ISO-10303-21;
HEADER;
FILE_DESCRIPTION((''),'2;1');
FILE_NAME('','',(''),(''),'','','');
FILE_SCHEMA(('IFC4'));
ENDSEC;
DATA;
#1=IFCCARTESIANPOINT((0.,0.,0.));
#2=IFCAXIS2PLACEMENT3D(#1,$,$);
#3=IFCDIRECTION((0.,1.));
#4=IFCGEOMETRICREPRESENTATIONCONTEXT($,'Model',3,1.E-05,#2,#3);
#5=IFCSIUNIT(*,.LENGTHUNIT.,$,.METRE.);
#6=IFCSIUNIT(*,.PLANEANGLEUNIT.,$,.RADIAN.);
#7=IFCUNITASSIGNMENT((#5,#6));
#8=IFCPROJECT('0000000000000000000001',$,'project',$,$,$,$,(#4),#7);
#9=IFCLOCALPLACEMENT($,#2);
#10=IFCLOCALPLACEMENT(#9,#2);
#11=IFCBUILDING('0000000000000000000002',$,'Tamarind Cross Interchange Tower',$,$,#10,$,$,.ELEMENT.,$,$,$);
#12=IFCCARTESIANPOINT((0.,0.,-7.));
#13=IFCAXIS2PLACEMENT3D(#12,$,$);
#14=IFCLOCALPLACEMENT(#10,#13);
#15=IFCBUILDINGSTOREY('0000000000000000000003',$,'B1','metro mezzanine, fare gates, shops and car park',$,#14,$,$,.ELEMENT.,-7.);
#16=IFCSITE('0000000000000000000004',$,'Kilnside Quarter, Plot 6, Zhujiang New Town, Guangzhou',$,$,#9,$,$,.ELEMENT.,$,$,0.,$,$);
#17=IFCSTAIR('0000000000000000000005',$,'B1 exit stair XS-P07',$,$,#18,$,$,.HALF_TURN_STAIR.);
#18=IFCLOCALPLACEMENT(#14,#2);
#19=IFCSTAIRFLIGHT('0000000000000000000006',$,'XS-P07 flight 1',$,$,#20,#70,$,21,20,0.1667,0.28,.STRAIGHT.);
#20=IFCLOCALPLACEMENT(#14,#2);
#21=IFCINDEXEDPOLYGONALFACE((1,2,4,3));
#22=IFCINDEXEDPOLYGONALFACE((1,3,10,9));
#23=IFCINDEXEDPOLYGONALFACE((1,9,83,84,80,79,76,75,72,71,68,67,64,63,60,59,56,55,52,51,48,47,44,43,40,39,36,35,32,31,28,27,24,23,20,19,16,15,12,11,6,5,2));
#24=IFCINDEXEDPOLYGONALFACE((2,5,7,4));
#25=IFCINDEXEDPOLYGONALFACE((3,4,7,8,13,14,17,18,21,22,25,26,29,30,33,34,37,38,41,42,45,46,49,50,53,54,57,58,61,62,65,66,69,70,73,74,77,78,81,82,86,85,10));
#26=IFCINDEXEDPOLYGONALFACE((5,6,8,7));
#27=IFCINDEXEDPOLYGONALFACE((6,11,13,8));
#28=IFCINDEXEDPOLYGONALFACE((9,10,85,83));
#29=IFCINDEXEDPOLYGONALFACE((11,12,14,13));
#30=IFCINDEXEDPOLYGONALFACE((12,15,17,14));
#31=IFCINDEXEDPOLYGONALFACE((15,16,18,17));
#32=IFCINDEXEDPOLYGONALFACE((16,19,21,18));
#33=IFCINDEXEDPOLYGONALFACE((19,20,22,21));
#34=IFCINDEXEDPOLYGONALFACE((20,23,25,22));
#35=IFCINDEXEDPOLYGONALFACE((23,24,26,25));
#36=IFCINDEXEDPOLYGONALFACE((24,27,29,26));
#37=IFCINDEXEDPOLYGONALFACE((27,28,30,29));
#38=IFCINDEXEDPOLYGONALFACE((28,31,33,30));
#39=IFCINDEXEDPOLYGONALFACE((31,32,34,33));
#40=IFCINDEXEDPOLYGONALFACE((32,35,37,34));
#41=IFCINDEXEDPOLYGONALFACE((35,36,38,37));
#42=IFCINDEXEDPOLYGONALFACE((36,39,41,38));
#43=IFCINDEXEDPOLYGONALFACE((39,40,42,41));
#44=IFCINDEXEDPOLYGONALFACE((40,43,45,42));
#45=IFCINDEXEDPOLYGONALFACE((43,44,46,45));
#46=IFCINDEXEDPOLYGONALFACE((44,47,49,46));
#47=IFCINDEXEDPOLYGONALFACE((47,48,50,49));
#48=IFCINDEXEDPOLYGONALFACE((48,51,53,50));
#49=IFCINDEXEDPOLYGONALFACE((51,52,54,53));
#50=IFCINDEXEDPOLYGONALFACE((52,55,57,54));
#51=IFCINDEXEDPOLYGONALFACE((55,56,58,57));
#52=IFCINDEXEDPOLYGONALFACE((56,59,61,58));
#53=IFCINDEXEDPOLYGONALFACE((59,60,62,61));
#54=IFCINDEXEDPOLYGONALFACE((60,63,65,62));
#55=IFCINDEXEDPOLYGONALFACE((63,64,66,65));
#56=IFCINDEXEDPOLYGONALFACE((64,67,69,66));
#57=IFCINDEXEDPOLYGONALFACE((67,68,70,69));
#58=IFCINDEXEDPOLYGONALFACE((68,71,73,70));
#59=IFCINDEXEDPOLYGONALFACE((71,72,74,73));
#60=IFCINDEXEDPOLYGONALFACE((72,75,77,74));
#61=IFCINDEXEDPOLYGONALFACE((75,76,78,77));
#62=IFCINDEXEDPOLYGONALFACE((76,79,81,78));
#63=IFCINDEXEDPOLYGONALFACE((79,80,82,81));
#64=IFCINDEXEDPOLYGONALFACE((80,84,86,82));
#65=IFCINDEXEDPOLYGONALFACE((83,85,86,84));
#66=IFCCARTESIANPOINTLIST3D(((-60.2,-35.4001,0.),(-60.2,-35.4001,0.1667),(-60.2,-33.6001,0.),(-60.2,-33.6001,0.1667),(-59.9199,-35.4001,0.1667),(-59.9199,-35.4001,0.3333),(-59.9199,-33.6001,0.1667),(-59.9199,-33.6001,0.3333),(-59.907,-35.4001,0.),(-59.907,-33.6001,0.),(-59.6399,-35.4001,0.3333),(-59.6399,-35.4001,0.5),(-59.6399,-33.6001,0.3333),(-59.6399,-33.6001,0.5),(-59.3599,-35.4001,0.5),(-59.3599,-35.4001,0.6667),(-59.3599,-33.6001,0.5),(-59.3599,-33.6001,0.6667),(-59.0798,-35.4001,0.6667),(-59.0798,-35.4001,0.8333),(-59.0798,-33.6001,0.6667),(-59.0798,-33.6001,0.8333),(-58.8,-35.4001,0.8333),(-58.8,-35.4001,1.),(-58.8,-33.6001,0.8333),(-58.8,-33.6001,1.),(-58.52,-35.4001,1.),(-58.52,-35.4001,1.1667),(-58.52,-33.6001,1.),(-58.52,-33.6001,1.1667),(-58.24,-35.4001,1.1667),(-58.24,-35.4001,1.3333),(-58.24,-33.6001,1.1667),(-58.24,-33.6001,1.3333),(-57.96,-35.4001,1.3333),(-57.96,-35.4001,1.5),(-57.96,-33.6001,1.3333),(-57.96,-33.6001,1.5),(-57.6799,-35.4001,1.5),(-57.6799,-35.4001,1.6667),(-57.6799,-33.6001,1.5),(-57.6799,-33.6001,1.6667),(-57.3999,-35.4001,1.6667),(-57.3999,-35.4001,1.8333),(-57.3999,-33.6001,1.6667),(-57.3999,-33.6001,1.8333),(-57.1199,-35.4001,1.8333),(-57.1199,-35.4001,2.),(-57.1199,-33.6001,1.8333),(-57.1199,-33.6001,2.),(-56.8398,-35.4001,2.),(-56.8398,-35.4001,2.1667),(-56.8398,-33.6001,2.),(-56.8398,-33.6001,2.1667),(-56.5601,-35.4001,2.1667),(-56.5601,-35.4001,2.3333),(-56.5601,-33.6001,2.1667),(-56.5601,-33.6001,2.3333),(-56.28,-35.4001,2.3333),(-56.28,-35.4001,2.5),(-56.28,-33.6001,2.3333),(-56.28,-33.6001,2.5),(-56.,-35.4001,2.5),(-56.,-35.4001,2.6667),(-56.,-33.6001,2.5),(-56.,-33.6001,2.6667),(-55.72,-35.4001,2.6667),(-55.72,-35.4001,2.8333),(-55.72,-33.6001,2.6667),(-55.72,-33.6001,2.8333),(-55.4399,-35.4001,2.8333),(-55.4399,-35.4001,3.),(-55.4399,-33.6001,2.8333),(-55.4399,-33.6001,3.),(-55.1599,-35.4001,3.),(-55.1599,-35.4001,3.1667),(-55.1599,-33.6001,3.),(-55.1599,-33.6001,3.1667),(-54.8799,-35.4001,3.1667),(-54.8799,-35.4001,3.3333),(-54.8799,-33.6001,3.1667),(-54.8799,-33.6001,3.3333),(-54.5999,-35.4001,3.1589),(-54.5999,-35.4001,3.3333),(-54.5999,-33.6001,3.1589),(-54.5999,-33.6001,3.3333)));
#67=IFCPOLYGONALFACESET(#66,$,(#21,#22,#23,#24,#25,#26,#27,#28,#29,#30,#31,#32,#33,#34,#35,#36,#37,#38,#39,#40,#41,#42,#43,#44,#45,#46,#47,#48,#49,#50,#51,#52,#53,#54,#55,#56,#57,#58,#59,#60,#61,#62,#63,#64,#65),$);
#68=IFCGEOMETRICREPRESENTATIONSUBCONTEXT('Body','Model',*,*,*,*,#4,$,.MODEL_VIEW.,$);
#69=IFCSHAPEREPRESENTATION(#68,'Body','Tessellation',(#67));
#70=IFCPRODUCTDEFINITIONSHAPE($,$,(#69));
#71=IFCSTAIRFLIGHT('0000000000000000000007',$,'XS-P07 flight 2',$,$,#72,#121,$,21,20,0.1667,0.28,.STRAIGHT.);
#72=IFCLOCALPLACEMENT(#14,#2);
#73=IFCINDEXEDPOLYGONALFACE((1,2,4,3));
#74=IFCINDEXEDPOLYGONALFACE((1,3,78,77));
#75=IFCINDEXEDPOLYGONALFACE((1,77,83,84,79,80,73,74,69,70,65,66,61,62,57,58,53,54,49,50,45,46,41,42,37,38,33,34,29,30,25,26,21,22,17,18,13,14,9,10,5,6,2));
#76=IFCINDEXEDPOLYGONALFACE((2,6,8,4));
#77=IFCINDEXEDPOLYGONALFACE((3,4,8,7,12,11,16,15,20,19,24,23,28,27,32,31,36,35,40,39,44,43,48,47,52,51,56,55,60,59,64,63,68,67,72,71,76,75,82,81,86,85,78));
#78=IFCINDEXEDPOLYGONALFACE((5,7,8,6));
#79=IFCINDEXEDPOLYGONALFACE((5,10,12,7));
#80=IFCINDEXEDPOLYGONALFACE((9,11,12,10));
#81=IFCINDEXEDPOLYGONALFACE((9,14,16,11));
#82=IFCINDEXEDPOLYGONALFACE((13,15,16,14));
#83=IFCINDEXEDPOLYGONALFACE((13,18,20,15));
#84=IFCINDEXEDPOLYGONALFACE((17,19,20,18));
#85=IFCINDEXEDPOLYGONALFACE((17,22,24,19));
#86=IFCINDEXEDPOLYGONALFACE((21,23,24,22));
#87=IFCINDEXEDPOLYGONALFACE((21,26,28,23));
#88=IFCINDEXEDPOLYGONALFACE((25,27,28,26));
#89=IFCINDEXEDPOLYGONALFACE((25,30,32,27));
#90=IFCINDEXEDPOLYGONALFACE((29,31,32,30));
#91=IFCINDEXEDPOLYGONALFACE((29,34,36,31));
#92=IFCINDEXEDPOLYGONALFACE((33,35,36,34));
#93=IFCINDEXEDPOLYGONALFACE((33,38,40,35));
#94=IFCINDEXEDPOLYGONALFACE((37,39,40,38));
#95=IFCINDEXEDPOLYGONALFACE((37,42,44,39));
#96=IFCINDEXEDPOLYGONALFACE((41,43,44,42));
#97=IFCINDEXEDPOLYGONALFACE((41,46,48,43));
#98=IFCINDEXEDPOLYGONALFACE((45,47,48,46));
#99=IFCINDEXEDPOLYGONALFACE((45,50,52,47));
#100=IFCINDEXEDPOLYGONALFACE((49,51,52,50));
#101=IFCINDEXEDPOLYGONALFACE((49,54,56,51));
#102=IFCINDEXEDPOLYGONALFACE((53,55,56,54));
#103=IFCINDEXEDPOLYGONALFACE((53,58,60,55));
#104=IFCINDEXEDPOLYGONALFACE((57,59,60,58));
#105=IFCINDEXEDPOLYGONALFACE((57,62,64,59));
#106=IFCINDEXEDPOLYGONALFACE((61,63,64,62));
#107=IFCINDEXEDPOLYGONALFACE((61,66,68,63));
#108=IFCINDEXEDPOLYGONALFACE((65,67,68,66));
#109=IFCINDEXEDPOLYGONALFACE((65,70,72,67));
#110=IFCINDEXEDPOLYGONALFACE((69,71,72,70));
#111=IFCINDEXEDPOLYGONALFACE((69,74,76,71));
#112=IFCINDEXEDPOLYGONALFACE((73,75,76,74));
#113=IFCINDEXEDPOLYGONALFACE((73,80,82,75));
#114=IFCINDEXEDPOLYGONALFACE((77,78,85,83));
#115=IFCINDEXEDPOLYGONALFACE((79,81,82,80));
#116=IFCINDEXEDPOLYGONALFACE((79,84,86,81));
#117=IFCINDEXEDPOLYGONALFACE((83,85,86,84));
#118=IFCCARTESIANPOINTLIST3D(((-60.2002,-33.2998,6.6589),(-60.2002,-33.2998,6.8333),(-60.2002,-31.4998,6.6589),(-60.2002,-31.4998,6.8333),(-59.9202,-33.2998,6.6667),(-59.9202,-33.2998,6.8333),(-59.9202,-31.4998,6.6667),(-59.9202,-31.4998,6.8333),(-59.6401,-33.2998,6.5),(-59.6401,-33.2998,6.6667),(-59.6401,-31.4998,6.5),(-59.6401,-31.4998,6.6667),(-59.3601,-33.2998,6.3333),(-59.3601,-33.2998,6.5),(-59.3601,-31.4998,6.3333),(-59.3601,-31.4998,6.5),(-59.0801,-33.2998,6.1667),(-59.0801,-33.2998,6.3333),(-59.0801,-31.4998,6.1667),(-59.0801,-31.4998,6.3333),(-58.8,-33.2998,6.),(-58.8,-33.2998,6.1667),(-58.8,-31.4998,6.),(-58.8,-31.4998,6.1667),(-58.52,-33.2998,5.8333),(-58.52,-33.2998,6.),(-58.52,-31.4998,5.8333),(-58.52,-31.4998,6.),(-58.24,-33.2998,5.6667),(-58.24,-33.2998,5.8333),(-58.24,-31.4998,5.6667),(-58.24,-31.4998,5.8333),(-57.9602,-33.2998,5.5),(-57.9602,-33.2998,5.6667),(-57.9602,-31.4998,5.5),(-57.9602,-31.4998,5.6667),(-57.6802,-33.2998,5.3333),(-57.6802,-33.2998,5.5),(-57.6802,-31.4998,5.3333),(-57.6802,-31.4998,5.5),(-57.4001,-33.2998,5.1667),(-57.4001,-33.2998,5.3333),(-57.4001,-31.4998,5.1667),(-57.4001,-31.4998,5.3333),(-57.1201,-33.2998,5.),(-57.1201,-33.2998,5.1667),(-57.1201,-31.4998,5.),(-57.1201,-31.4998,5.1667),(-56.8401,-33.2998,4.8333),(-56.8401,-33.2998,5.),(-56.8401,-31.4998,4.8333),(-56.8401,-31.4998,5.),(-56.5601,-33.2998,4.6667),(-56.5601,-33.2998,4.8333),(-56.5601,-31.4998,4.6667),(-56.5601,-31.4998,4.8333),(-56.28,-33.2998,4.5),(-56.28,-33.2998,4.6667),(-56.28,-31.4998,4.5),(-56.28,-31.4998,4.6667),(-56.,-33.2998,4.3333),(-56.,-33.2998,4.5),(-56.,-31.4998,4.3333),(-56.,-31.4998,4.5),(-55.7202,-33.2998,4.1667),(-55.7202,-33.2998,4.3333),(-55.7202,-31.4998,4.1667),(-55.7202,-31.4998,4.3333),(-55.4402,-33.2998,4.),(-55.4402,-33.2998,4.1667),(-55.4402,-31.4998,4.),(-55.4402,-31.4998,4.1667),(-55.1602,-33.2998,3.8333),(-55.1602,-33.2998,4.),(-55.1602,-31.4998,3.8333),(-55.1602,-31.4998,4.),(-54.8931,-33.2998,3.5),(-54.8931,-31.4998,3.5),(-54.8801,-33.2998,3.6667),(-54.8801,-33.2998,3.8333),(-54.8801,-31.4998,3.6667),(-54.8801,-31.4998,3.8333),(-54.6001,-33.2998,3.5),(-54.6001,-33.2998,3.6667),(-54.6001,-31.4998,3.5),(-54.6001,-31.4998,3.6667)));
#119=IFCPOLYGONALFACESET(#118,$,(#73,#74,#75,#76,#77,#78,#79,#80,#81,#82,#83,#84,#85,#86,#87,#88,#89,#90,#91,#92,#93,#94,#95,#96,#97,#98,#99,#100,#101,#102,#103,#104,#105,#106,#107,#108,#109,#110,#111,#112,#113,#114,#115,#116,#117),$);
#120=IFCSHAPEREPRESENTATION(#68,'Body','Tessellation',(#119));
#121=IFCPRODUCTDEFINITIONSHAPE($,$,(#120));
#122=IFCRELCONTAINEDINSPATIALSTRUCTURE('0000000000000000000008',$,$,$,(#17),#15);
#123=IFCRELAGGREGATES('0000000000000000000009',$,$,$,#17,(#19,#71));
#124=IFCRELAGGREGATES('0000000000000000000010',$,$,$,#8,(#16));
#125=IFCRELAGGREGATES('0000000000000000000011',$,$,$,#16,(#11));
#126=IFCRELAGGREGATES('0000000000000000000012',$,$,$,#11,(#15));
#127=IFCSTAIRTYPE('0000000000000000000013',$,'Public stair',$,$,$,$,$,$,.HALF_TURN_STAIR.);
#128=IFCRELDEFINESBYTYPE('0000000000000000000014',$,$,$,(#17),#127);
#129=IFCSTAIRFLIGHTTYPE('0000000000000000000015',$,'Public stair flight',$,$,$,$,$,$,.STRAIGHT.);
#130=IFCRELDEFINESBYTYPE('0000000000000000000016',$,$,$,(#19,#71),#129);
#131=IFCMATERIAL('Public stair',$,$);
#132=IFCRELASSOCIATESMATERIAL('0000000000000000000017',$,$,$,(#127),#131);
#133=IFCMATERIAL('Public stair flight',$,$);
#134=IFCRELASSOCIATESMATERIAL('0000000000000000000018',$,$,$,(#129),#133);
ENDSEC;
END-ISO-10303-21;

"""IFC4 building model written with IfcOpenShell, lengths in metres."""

from ifc_helpers import new_model, si_unit, direction, frame, origin, place, context, subcontext, project, spatial, polyline, outline, extrude, material, type_object, element, aggregate, save


model = new_model("IFC4")

# Units and contexts
model_context = context("Model", 3, precision=1e-05, world=origin(), true_north=direction((0.0, 1.0)))
body_context = subcontext(model_context, "Body", "Model", "MODEL_VIEW")
ifc_project = project(units=[si_unit("LENGTHUNIT", "METRE"), si_unit("PLANEANGLEUNIT", "RADIAN")], contexts=[model_context])

# Site, building, storey
site_placement = place(None, origin())
site = spatial("IfcSite", under=ifc_project, at=site_placement, Name="Kilnside Quarter, Plot 6, Zhujiang New Town, Guangzhou", CompositionType="ELEMENT", RefElevation=0.0)
building_placement = place(site_placement, origin())
building = spatial("IfcBuilding", under=site, at=building_placement, Name="Tamarind Cross Interchange Tower", CompositionType="ELEMENT")
storey_placement = place(building_placement, frame((0.0, 0.0, -7.0)))
storey = spatial("IfcBuildingStorey", under=building, at=storey_placement, Name="B1", Description="metro mezzanine, fare gates, shops and car park", CompositionType="ELEMENT", Elevation=-7.0)

# Stair, stair flights
ifc_material_1 = material(Name="Public stair")
stair_type = type_object("IfcStairType", Name="Public stair", PredefinedType="HALF_TURN_STAIR", material=ifc_material_1)
stair_placement = place(storey_placement, origin())
stair = element("IfcStair", 1, at=stair_placement, inside=storey, type_object=stair_type, Name="B1 exit stair XS-P07", PredefinedType="HALF_TURN_STAIR")
ifc_material_2 = material(Name="Public stair flight")
stair_flight_type = type_object("IfcStairFlightType", Name="Public stair flight", PredefinedType="STRAIGHT", material=ifc_material_2)
stair_flight_1_placement = place(storey_placement, frame((-60.2, -34.5, 0.0), z_axis=(0.0, 0.0, 1.0), x_axis=(1.0, 0.0, 0.0)))
stair_flight_1 = element("IfcStairFlight", 2, at=stair_flight_1_placement, type_object=stair_flight_type, Name="XS-P07 flight 1", NumberOfRisers=21, NumberOfTreads=20, PredefinedType="STRAIGHT", RiserHeight=0.1667, TreadLength=0.28, context=body_context, shape_type="SweptSolid", body=[
    extrude(outline(polyline([(0.0, 0.0), (0.0, 0.1667), (0.28, 0.1667), (0.28, 0.3333), (0.5601, 0.3333), (0.5601, 0.5), (0.8401, 0.5), (0.8401, 0.6667), (1.1201, 0.6667), (1.1201, 0.8333), (1.3999, 0.8333), (1.3999, 1.0), (1.6799, 1.0), (1.6799, 1.1667), (1.96, 1.1667), (1.96, 1.3333), (2.24, 1.3333), (2.24, 1.5), (2.52, 1.5), (2.52, 1.6667), (2.8, 1.6667), (2.8, 1.8333), (3.0801, 1.8333), (3.0801, 2.0), (3.3601, 2.0), (3.3601, 2.1667), (3.6399, 2.1667), (3.6399, 2.3333), (3.9199, 2.3333), (3.9199, 2.5), (4.2, 2.5), (4.2, 2.6667), (4.48, 2.6667), (4.48, 2.8333), (4.76, 2.8333), (4.76, 3.0), (5.04, 3.0), (5.04, 3.1667), (5.3201, 3.1667), (5.3201, 3.3333), (5.6001, 3.3333), (5.6001, 3.5), (5.6001, 3.1589), (0.293, 0.0), (0.0, 0.0)])), frame((0.0, 0.8999, 0.0), z_axis=(0.0, -1.0, 0.0), x_axis=(1.0, 0.0, 0.0)), (0.0, 0.0, 1.0), 1.8),
])
stair_flight_2_placement = place(storey_placement, frame((-54.6001, -32.3999, 3.5), z_axis=(0.0, 0.0, 1.0), x_axis=(-1.0, 0.0, 0.0)))
stair_flight_2 = element("IfcStairFlight", 3, at=stair_flight_2_placement, type_object=stair_flight_type, Name="XS-P07 flight 2", NumberOfRisers=21, NumberOfTreads=20, PredefinedType="STRAIGHT", RiserHeight=0.1667, TreadLength=0.28, context=body_context, shape_type="SweptSolid", body=[
    extrude(outline(polyline([(0.0, 0.0), (0.0, 0.1667), (0.28, 0.1667), (0.28, 0.3333), (0.5601, 0.3333), (0.5601, 0.5), (0.8401, 0.5), (0.8401, 0.6667), (1.1201, 0.6667), (1.1201, 0.8333), (1.3999, 0.8333), (1.3999, 1.0), (1.6799, 1.0), (1.6799, 1.1667), (1.96, 1.1667), (1.96, 1.3333), (2.24, 1.3333), (2.24, 1.5), (2.52, 1.5), (2.52, 1.6667), (2.8, 1.6667), (2.8, 1.8333), (3.0801, 1.8333), (3.0801, 2.0), (3.3601, 2.0), (3.3601, 2.1667), (3.6399, 2.1667), (3.6399, 2.3333), (3.9199, 2.3333), (3.9199, 2.5), (4.2, 2.5), (4.2, 2.6667), (4.48, 2.6667), (4.48, 2.8333), (4.76, 2.8333), (4.76, 3.0), (5.04, 3.0), (5.04, 3.1667), (5.3201, 3.1667), (5.3201, 3.3333), (5.6001, 3.3333), (5.6001, 3.5), (5.6001, 3.1589), (0.293, 0.0), (0.0, 0.0)])), frame((0.0, 0.8999, 0.0), z_axis=(0.0, -1.0, 0.0), x_axis=(1.0, 0.0, 0.0)), (0.0, 0.0, 1.0), 1.8),
])
aggregate(stair, [stair_flight_1, stair_flight_2])

save(model, "model.ifc")
